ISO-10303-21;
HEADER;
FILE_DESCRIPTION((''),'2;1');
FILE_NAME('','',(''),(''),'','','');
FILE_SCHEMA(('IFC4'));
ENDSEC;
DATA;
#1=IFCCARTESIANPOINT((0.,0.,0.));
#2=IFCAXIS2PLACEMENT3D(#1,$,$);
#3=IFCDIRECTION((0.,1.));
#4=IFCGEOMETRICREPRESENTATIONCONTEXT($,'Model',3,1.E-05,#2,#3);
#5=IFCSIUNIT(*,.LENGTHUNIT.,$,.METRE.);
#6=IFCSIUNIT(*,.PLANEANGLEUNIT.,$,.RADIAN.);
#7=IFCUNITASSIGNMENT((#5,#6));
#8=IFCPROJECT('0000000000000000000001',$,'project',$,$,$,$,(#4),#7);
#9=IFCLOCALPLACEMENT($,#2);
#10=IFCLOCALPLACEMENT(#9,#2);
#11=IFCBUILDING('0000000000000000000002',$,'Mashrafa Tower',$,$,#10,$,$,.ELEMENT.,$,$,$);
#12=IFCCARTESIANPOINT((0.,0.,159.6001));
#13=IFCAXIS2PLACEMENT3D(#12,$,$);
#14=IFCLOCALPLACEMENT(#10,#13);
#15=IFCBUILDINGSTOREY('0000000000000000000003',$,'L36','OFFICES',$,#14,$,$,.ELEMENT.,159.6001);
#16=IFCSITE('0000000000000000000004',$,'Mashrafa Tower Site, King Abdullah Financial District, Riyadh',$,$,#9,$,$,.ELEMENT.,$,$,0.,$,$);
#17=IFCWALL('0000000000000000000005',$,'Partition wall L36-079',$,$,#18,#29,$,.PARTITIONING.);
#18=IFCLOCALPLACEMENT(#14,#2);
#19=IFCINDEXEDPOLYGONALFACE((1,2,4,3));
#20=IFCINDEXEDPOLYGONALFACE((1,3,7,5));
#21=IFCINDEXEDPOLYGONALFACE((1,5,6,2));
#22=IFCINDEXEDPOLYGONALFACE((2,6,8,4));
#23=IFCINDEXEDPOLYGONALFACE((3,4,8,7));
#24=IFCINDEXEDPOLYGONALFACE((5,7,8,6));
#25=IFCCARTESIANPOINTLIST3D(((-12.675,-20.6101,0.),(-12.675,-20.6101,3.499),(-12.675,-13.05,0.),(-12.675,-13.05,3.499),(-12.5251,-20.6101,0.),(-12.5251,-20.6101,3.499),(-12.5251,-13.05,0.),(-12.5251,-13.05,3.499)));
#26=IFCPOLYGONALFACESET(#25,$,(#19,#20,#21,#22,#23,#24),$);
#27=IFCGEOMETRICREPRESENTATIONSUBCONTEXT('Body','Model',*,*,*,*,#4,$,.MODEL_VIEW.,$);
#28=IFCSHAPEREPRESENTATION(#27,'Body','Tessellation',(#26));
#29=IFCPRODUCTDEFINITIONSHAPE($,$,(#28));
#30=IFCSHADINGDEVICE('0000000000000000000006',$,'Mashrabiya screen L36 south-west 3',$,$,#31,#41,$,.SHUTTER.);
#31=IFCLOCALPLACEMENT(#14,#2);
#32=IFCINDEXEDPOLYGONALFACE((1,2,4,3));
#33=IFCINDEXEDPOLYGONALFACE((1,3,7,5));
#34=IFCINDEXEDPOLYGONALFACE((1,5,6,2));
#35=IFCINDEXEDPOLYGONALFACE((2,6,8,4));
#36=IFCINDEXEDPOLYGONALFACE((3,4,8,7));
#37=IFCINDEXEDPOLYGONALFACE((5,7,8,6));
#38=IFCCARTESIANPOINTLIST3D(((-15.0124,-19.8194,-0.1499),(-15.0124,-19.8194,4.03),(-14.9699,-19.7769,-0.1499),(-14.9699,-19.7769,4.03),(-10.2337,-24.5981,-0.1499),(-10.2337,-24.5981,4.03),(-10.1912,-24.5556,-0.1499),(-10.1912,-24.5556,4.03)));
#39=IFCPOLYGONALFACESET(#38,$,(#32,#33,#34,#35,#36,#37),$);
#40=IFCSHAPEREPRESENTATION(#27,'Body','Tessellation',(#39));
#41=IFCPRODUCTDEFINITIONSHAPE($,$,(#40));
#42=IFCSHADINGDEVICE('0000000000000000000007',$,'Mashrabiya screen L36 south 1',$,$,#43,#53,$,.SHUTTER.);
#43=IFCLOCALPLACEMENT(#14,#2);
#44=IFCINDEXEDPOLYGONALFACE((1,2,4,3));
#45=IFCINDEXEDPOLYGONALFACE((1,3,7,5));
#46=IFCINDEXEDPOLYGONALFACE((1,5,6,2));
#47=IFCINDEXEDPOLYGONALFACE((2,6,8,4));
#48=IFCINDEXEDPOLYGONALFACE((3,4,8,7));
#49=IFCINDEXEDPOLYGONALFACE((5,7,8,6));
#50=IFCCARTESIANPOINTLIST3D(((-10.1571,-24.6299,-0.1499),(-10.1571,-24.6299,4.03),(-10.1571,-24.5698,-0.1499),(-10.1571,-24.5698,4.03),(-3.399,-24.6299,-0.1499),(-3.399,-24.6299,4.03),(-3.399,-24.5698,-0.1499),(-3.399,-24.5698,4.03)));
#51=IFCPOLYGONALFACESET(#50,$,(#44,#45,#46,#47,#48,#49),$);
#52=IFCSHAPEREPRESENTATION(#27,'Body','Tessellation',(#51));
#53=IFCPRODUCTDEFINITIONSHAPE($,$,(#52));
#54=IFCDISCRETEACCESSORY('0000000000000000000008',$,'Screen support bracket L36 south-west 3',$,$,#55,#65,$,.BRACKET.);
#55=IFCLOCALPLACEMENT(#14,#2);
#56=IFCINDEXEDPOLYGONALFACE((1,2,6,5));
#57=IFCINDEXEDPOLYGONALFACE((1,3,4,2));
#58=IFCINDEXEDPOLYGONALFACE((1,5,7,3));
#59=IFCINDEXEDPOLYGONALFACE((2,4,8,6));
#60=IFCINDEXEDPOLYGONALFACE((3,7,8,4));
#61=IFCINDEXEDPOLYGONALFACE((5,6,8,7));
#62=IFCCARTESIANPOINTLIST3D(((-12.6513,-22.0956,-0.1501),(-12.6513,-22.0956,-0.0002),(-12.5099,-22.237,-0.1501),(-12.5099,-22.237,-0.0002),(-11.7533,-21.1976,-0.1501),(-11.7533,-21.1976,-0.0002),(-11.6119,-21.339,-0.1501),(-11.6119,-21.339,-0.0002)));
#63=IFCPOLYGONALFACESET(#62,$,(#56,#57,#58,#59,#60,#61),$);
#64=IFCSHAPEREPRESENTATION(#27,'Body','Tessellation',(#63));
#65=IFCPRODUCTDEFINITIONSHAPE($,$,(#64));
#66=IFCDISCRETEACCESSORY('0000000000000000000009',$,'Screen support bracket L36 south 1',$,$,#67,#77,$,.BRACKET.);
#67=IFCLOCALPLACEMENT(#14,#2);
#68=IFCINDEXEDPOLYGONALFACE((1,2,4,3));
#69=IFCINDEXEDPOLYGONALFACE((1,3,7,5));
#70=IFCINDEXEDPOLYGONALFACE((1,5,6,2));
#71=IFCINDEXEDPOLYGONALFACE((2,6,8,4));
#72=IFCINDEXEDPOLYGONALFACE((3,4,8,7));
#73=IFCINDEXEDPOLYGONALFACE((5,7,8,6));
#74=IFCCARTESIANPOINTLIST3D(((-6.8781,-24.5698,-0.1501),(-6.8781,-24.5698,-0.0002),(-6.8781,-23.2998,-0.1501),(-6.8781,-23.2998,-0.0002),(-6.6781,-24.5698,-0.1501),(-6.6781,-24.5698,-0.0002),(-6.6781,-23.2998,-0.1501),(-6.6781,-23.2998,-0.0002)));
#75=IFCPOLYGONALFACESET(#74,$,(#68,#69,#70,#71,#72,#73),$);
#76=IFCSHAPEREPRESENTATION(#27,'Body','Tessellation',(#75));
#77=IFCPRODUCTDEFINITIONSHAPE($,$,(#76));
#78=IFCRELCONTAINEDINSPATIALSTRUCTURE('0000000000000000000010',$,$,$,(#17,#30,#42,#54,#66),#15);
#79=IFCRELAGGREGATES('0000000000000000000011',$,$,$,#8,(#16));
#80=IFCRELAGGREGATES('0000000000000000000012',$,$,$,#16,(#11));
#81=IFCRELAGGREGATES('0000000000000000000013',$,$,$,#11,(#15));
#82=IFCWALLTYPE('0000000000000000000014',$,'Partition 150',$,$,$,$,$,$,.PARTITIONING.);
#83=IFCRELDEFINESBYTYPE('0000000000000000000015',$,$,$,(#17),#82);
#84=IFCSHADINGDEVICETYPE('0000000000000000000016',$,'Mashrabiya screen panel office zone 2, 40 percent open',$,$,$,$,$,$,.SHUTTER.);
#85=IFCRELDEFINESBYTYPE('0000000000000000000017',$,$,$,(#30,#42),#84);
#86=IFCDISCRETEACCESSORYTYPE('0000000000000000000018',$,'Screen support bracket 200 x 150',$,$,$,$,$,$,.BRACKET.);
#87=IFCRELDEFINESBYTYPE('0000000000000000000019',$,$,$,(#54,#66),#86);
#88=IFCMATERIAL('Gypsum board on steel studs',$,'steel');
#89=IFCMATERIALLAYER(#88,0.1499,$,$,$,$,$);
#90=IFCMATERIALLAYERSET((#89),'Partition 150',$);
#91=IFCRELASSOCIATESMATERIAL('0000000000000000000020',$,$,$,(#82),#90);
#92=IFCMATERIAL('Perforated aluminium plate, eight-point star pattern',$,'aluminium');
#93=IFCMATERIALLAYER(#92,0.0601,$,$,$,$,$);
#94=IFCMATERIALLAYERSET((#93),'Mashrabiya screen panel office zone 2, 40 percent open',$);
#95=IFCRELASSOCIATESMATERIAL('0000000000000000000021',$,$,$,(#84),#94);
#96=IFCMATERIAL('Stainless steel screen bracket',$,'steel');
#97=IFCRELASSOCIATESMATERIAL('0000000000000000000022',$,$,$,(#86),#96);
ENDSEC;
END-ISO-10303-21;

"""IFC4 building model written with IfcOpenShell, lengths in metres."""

from ifc_helpers import new_model, si_unit, direction, frame, frame_2d, origin, origin_2d, place, context, subcontext, project, spatial, rectangle, extrude, source, transform, mapped, material, layer, layer_set, type_object, type_shapes, element, save


model = new_model("IFC4")

# Units and contexts
model_context = context("Model", 3, precision=1e-05, world=origin(), true_north=direction((0.0, 1.0)))
body_context = subcontext(model_context, "Body", "Model", "MODEL_VIEW")
ifc_project = project(units=[si_unit("LENGTHUNIT", "METRE"), si_unit("PLANEANGLEUNIT", "RADIAN")], contexts=[model_context])

# Site, building, storey
site_placement = place(None, origin())
site = spatial("IfcSite", under=ifc_project, at=site_placement, Name="Mashrafa Tower Site, King Abdullah Financial District, Riyadh", CompositionType="ELEMENT", RefElevation=0.0)
building_placement = place(site_placement, origin())
building = spatial("IfcBuilding", under=site, at=building_placement, Name="Mashrafa Tower", CompositionType="ELEMENT")
storey_placement = place(building_placement, frame((0.0, 0.0, 159.6001)))
storey = spatial("IfcBuildingStorey", under=building, at=storey_placement, Name="L36", Description="OFFICES", CompositionType="ELEMENT", Elevation=159.6001)

# Shared definitions
ifc_material_1 = material(Name="Gypsum board on steel studs", Category="steel")
ifc_layer_1 = layer(ifc_material_1, 0.1499)
ifc_layer_set_1 = layer_set([ifc_layer_1], Name="Partition 150")
wall_type_1 = type_object("IfcWallType", Name="Partition 150", PredefinedType="PARTITIONING", material=ifc_layer_set_1)

# Wall
wall_1_placement = place(storey_placement, frame((-12.6001, -20.6101, 0.0), z_axis=(0.0, 0.0, 1.0), x_axis=(0.0, 1.0, 0.0)))
element("IfcWall", 1, at=wall_1_placement, inside=storey, type_object=wall_type_1, Name="Partition wall L36-079", PredefinedType="PARTITIONING", context=body_context, shape_type="SweptSolid", body=[
    extrude(rectangle(XDim=7.5601, YDim=0.1499, at=frame_2d((3.78, 0.0))), origin(), (0.0, 0.0, 1.0), 3.499),
])

# Shading devices
ifc_material_2 = material(Name="Perforated aluminium plate, eight-point star pattern", Category="aluminium")
ifc_layer_2 = layer(ifc_material_2, 0.0601)
ifc_layer_set_2 = layer_set([ifc_layer_2], Name="Mashrabiya screen panel office zone 2, 40 percent open")
shading_device_type = type_object("IfcShadingDeviceType", Name="Mashrabiya screen panel office zone 2, 40 percent open", PredefinedType="SHUTTER", material=ifc_layer_set_2)
shared_shape_1 = source(origin(), body_context, "Body", "SweptSolid", [
    extrude(rectangle(XDim=6.7581, YDim=0.0601, at=origin_2d()), origin(), (0.0, 0.0, 1.0), 4.1799),
])
type_shapes(shading_device_type, [shared_shape_1])
for number, where, z_axis, x_axis, name in (
    (2, (-12.6018, -22.1875, -0.1499), (0.0, 0.0, 1.0), (0.707107, -0.707107, 0.0), "Mashrabiya screen L36 south-west 3"),
    (3, (-6.7781, -24.5999, -0.1499), (0.0, 0.0, 1.0), (1.0, 0.0, 0.0), "Mashrabiya screen L36 south 1"),
):
    element("IfcShadingDevice", number, at=place(storey_placement, frame(where, z_axis=z_axis, x_axis=x_axis)), inside=storey, type_object=shading_device_type, Name=name, PredefinedType="SHUTTER", context=body_context, shape_type="MappedRepresentation", body=[
        mapped(shared_shape_1, transform((0.0, 0.0, 0.0))),
    ])

# Discrete accessories
ifc_material_3 = material(Name="Stainless steel screen bracket", Category="steel")
discrete_accessory_type = type_object("IfcDiscreteAccessoryType", Name="Screen support bracket 200 x 150", PredefinedType="BRACKET", material=ifc_material_3)
shared_shape_2 = source(origin(), body_context, "Body", "SweptSolid", [
    extrude(rectangle(XDim=0.2, YDim=1.27, at=origin_2d()), origin(), (0.0, 0.0, 1.0), 0.1499),
])
type_shapes(discrete_accessory_type, [shared_shape_2])
for number, where, z_axis, x_axis, name in (
    (4, (-12.1316, -21.7173, -0.1501), (0.0, 0.0, 1.0), (0.707107, -0.707107, 0.0), "Screen support bracket L36 south-west 3"),
    (5, (-6.7781, -23.9348, -0.1501), (0.0, 0.0, 1.0), (1.0, 0.0, 0.0), "Screen support bracket L36 south 1"),
):
    element("IfcDiscreteAccessory", number, at=place(storey_placement, frame(where, z_axis=z_axis, x_axis=x_axis)), inside=storey, type_object=discrete_accessory_type, Name=name, PredefinedType="BRACKET", context=body_context, shape_type="MappedRepresentation", body=[
        mapped(shared_shape_2, transform((0.0, 0.0, 0.0))),
    ])

save(model, "model.ifc")
